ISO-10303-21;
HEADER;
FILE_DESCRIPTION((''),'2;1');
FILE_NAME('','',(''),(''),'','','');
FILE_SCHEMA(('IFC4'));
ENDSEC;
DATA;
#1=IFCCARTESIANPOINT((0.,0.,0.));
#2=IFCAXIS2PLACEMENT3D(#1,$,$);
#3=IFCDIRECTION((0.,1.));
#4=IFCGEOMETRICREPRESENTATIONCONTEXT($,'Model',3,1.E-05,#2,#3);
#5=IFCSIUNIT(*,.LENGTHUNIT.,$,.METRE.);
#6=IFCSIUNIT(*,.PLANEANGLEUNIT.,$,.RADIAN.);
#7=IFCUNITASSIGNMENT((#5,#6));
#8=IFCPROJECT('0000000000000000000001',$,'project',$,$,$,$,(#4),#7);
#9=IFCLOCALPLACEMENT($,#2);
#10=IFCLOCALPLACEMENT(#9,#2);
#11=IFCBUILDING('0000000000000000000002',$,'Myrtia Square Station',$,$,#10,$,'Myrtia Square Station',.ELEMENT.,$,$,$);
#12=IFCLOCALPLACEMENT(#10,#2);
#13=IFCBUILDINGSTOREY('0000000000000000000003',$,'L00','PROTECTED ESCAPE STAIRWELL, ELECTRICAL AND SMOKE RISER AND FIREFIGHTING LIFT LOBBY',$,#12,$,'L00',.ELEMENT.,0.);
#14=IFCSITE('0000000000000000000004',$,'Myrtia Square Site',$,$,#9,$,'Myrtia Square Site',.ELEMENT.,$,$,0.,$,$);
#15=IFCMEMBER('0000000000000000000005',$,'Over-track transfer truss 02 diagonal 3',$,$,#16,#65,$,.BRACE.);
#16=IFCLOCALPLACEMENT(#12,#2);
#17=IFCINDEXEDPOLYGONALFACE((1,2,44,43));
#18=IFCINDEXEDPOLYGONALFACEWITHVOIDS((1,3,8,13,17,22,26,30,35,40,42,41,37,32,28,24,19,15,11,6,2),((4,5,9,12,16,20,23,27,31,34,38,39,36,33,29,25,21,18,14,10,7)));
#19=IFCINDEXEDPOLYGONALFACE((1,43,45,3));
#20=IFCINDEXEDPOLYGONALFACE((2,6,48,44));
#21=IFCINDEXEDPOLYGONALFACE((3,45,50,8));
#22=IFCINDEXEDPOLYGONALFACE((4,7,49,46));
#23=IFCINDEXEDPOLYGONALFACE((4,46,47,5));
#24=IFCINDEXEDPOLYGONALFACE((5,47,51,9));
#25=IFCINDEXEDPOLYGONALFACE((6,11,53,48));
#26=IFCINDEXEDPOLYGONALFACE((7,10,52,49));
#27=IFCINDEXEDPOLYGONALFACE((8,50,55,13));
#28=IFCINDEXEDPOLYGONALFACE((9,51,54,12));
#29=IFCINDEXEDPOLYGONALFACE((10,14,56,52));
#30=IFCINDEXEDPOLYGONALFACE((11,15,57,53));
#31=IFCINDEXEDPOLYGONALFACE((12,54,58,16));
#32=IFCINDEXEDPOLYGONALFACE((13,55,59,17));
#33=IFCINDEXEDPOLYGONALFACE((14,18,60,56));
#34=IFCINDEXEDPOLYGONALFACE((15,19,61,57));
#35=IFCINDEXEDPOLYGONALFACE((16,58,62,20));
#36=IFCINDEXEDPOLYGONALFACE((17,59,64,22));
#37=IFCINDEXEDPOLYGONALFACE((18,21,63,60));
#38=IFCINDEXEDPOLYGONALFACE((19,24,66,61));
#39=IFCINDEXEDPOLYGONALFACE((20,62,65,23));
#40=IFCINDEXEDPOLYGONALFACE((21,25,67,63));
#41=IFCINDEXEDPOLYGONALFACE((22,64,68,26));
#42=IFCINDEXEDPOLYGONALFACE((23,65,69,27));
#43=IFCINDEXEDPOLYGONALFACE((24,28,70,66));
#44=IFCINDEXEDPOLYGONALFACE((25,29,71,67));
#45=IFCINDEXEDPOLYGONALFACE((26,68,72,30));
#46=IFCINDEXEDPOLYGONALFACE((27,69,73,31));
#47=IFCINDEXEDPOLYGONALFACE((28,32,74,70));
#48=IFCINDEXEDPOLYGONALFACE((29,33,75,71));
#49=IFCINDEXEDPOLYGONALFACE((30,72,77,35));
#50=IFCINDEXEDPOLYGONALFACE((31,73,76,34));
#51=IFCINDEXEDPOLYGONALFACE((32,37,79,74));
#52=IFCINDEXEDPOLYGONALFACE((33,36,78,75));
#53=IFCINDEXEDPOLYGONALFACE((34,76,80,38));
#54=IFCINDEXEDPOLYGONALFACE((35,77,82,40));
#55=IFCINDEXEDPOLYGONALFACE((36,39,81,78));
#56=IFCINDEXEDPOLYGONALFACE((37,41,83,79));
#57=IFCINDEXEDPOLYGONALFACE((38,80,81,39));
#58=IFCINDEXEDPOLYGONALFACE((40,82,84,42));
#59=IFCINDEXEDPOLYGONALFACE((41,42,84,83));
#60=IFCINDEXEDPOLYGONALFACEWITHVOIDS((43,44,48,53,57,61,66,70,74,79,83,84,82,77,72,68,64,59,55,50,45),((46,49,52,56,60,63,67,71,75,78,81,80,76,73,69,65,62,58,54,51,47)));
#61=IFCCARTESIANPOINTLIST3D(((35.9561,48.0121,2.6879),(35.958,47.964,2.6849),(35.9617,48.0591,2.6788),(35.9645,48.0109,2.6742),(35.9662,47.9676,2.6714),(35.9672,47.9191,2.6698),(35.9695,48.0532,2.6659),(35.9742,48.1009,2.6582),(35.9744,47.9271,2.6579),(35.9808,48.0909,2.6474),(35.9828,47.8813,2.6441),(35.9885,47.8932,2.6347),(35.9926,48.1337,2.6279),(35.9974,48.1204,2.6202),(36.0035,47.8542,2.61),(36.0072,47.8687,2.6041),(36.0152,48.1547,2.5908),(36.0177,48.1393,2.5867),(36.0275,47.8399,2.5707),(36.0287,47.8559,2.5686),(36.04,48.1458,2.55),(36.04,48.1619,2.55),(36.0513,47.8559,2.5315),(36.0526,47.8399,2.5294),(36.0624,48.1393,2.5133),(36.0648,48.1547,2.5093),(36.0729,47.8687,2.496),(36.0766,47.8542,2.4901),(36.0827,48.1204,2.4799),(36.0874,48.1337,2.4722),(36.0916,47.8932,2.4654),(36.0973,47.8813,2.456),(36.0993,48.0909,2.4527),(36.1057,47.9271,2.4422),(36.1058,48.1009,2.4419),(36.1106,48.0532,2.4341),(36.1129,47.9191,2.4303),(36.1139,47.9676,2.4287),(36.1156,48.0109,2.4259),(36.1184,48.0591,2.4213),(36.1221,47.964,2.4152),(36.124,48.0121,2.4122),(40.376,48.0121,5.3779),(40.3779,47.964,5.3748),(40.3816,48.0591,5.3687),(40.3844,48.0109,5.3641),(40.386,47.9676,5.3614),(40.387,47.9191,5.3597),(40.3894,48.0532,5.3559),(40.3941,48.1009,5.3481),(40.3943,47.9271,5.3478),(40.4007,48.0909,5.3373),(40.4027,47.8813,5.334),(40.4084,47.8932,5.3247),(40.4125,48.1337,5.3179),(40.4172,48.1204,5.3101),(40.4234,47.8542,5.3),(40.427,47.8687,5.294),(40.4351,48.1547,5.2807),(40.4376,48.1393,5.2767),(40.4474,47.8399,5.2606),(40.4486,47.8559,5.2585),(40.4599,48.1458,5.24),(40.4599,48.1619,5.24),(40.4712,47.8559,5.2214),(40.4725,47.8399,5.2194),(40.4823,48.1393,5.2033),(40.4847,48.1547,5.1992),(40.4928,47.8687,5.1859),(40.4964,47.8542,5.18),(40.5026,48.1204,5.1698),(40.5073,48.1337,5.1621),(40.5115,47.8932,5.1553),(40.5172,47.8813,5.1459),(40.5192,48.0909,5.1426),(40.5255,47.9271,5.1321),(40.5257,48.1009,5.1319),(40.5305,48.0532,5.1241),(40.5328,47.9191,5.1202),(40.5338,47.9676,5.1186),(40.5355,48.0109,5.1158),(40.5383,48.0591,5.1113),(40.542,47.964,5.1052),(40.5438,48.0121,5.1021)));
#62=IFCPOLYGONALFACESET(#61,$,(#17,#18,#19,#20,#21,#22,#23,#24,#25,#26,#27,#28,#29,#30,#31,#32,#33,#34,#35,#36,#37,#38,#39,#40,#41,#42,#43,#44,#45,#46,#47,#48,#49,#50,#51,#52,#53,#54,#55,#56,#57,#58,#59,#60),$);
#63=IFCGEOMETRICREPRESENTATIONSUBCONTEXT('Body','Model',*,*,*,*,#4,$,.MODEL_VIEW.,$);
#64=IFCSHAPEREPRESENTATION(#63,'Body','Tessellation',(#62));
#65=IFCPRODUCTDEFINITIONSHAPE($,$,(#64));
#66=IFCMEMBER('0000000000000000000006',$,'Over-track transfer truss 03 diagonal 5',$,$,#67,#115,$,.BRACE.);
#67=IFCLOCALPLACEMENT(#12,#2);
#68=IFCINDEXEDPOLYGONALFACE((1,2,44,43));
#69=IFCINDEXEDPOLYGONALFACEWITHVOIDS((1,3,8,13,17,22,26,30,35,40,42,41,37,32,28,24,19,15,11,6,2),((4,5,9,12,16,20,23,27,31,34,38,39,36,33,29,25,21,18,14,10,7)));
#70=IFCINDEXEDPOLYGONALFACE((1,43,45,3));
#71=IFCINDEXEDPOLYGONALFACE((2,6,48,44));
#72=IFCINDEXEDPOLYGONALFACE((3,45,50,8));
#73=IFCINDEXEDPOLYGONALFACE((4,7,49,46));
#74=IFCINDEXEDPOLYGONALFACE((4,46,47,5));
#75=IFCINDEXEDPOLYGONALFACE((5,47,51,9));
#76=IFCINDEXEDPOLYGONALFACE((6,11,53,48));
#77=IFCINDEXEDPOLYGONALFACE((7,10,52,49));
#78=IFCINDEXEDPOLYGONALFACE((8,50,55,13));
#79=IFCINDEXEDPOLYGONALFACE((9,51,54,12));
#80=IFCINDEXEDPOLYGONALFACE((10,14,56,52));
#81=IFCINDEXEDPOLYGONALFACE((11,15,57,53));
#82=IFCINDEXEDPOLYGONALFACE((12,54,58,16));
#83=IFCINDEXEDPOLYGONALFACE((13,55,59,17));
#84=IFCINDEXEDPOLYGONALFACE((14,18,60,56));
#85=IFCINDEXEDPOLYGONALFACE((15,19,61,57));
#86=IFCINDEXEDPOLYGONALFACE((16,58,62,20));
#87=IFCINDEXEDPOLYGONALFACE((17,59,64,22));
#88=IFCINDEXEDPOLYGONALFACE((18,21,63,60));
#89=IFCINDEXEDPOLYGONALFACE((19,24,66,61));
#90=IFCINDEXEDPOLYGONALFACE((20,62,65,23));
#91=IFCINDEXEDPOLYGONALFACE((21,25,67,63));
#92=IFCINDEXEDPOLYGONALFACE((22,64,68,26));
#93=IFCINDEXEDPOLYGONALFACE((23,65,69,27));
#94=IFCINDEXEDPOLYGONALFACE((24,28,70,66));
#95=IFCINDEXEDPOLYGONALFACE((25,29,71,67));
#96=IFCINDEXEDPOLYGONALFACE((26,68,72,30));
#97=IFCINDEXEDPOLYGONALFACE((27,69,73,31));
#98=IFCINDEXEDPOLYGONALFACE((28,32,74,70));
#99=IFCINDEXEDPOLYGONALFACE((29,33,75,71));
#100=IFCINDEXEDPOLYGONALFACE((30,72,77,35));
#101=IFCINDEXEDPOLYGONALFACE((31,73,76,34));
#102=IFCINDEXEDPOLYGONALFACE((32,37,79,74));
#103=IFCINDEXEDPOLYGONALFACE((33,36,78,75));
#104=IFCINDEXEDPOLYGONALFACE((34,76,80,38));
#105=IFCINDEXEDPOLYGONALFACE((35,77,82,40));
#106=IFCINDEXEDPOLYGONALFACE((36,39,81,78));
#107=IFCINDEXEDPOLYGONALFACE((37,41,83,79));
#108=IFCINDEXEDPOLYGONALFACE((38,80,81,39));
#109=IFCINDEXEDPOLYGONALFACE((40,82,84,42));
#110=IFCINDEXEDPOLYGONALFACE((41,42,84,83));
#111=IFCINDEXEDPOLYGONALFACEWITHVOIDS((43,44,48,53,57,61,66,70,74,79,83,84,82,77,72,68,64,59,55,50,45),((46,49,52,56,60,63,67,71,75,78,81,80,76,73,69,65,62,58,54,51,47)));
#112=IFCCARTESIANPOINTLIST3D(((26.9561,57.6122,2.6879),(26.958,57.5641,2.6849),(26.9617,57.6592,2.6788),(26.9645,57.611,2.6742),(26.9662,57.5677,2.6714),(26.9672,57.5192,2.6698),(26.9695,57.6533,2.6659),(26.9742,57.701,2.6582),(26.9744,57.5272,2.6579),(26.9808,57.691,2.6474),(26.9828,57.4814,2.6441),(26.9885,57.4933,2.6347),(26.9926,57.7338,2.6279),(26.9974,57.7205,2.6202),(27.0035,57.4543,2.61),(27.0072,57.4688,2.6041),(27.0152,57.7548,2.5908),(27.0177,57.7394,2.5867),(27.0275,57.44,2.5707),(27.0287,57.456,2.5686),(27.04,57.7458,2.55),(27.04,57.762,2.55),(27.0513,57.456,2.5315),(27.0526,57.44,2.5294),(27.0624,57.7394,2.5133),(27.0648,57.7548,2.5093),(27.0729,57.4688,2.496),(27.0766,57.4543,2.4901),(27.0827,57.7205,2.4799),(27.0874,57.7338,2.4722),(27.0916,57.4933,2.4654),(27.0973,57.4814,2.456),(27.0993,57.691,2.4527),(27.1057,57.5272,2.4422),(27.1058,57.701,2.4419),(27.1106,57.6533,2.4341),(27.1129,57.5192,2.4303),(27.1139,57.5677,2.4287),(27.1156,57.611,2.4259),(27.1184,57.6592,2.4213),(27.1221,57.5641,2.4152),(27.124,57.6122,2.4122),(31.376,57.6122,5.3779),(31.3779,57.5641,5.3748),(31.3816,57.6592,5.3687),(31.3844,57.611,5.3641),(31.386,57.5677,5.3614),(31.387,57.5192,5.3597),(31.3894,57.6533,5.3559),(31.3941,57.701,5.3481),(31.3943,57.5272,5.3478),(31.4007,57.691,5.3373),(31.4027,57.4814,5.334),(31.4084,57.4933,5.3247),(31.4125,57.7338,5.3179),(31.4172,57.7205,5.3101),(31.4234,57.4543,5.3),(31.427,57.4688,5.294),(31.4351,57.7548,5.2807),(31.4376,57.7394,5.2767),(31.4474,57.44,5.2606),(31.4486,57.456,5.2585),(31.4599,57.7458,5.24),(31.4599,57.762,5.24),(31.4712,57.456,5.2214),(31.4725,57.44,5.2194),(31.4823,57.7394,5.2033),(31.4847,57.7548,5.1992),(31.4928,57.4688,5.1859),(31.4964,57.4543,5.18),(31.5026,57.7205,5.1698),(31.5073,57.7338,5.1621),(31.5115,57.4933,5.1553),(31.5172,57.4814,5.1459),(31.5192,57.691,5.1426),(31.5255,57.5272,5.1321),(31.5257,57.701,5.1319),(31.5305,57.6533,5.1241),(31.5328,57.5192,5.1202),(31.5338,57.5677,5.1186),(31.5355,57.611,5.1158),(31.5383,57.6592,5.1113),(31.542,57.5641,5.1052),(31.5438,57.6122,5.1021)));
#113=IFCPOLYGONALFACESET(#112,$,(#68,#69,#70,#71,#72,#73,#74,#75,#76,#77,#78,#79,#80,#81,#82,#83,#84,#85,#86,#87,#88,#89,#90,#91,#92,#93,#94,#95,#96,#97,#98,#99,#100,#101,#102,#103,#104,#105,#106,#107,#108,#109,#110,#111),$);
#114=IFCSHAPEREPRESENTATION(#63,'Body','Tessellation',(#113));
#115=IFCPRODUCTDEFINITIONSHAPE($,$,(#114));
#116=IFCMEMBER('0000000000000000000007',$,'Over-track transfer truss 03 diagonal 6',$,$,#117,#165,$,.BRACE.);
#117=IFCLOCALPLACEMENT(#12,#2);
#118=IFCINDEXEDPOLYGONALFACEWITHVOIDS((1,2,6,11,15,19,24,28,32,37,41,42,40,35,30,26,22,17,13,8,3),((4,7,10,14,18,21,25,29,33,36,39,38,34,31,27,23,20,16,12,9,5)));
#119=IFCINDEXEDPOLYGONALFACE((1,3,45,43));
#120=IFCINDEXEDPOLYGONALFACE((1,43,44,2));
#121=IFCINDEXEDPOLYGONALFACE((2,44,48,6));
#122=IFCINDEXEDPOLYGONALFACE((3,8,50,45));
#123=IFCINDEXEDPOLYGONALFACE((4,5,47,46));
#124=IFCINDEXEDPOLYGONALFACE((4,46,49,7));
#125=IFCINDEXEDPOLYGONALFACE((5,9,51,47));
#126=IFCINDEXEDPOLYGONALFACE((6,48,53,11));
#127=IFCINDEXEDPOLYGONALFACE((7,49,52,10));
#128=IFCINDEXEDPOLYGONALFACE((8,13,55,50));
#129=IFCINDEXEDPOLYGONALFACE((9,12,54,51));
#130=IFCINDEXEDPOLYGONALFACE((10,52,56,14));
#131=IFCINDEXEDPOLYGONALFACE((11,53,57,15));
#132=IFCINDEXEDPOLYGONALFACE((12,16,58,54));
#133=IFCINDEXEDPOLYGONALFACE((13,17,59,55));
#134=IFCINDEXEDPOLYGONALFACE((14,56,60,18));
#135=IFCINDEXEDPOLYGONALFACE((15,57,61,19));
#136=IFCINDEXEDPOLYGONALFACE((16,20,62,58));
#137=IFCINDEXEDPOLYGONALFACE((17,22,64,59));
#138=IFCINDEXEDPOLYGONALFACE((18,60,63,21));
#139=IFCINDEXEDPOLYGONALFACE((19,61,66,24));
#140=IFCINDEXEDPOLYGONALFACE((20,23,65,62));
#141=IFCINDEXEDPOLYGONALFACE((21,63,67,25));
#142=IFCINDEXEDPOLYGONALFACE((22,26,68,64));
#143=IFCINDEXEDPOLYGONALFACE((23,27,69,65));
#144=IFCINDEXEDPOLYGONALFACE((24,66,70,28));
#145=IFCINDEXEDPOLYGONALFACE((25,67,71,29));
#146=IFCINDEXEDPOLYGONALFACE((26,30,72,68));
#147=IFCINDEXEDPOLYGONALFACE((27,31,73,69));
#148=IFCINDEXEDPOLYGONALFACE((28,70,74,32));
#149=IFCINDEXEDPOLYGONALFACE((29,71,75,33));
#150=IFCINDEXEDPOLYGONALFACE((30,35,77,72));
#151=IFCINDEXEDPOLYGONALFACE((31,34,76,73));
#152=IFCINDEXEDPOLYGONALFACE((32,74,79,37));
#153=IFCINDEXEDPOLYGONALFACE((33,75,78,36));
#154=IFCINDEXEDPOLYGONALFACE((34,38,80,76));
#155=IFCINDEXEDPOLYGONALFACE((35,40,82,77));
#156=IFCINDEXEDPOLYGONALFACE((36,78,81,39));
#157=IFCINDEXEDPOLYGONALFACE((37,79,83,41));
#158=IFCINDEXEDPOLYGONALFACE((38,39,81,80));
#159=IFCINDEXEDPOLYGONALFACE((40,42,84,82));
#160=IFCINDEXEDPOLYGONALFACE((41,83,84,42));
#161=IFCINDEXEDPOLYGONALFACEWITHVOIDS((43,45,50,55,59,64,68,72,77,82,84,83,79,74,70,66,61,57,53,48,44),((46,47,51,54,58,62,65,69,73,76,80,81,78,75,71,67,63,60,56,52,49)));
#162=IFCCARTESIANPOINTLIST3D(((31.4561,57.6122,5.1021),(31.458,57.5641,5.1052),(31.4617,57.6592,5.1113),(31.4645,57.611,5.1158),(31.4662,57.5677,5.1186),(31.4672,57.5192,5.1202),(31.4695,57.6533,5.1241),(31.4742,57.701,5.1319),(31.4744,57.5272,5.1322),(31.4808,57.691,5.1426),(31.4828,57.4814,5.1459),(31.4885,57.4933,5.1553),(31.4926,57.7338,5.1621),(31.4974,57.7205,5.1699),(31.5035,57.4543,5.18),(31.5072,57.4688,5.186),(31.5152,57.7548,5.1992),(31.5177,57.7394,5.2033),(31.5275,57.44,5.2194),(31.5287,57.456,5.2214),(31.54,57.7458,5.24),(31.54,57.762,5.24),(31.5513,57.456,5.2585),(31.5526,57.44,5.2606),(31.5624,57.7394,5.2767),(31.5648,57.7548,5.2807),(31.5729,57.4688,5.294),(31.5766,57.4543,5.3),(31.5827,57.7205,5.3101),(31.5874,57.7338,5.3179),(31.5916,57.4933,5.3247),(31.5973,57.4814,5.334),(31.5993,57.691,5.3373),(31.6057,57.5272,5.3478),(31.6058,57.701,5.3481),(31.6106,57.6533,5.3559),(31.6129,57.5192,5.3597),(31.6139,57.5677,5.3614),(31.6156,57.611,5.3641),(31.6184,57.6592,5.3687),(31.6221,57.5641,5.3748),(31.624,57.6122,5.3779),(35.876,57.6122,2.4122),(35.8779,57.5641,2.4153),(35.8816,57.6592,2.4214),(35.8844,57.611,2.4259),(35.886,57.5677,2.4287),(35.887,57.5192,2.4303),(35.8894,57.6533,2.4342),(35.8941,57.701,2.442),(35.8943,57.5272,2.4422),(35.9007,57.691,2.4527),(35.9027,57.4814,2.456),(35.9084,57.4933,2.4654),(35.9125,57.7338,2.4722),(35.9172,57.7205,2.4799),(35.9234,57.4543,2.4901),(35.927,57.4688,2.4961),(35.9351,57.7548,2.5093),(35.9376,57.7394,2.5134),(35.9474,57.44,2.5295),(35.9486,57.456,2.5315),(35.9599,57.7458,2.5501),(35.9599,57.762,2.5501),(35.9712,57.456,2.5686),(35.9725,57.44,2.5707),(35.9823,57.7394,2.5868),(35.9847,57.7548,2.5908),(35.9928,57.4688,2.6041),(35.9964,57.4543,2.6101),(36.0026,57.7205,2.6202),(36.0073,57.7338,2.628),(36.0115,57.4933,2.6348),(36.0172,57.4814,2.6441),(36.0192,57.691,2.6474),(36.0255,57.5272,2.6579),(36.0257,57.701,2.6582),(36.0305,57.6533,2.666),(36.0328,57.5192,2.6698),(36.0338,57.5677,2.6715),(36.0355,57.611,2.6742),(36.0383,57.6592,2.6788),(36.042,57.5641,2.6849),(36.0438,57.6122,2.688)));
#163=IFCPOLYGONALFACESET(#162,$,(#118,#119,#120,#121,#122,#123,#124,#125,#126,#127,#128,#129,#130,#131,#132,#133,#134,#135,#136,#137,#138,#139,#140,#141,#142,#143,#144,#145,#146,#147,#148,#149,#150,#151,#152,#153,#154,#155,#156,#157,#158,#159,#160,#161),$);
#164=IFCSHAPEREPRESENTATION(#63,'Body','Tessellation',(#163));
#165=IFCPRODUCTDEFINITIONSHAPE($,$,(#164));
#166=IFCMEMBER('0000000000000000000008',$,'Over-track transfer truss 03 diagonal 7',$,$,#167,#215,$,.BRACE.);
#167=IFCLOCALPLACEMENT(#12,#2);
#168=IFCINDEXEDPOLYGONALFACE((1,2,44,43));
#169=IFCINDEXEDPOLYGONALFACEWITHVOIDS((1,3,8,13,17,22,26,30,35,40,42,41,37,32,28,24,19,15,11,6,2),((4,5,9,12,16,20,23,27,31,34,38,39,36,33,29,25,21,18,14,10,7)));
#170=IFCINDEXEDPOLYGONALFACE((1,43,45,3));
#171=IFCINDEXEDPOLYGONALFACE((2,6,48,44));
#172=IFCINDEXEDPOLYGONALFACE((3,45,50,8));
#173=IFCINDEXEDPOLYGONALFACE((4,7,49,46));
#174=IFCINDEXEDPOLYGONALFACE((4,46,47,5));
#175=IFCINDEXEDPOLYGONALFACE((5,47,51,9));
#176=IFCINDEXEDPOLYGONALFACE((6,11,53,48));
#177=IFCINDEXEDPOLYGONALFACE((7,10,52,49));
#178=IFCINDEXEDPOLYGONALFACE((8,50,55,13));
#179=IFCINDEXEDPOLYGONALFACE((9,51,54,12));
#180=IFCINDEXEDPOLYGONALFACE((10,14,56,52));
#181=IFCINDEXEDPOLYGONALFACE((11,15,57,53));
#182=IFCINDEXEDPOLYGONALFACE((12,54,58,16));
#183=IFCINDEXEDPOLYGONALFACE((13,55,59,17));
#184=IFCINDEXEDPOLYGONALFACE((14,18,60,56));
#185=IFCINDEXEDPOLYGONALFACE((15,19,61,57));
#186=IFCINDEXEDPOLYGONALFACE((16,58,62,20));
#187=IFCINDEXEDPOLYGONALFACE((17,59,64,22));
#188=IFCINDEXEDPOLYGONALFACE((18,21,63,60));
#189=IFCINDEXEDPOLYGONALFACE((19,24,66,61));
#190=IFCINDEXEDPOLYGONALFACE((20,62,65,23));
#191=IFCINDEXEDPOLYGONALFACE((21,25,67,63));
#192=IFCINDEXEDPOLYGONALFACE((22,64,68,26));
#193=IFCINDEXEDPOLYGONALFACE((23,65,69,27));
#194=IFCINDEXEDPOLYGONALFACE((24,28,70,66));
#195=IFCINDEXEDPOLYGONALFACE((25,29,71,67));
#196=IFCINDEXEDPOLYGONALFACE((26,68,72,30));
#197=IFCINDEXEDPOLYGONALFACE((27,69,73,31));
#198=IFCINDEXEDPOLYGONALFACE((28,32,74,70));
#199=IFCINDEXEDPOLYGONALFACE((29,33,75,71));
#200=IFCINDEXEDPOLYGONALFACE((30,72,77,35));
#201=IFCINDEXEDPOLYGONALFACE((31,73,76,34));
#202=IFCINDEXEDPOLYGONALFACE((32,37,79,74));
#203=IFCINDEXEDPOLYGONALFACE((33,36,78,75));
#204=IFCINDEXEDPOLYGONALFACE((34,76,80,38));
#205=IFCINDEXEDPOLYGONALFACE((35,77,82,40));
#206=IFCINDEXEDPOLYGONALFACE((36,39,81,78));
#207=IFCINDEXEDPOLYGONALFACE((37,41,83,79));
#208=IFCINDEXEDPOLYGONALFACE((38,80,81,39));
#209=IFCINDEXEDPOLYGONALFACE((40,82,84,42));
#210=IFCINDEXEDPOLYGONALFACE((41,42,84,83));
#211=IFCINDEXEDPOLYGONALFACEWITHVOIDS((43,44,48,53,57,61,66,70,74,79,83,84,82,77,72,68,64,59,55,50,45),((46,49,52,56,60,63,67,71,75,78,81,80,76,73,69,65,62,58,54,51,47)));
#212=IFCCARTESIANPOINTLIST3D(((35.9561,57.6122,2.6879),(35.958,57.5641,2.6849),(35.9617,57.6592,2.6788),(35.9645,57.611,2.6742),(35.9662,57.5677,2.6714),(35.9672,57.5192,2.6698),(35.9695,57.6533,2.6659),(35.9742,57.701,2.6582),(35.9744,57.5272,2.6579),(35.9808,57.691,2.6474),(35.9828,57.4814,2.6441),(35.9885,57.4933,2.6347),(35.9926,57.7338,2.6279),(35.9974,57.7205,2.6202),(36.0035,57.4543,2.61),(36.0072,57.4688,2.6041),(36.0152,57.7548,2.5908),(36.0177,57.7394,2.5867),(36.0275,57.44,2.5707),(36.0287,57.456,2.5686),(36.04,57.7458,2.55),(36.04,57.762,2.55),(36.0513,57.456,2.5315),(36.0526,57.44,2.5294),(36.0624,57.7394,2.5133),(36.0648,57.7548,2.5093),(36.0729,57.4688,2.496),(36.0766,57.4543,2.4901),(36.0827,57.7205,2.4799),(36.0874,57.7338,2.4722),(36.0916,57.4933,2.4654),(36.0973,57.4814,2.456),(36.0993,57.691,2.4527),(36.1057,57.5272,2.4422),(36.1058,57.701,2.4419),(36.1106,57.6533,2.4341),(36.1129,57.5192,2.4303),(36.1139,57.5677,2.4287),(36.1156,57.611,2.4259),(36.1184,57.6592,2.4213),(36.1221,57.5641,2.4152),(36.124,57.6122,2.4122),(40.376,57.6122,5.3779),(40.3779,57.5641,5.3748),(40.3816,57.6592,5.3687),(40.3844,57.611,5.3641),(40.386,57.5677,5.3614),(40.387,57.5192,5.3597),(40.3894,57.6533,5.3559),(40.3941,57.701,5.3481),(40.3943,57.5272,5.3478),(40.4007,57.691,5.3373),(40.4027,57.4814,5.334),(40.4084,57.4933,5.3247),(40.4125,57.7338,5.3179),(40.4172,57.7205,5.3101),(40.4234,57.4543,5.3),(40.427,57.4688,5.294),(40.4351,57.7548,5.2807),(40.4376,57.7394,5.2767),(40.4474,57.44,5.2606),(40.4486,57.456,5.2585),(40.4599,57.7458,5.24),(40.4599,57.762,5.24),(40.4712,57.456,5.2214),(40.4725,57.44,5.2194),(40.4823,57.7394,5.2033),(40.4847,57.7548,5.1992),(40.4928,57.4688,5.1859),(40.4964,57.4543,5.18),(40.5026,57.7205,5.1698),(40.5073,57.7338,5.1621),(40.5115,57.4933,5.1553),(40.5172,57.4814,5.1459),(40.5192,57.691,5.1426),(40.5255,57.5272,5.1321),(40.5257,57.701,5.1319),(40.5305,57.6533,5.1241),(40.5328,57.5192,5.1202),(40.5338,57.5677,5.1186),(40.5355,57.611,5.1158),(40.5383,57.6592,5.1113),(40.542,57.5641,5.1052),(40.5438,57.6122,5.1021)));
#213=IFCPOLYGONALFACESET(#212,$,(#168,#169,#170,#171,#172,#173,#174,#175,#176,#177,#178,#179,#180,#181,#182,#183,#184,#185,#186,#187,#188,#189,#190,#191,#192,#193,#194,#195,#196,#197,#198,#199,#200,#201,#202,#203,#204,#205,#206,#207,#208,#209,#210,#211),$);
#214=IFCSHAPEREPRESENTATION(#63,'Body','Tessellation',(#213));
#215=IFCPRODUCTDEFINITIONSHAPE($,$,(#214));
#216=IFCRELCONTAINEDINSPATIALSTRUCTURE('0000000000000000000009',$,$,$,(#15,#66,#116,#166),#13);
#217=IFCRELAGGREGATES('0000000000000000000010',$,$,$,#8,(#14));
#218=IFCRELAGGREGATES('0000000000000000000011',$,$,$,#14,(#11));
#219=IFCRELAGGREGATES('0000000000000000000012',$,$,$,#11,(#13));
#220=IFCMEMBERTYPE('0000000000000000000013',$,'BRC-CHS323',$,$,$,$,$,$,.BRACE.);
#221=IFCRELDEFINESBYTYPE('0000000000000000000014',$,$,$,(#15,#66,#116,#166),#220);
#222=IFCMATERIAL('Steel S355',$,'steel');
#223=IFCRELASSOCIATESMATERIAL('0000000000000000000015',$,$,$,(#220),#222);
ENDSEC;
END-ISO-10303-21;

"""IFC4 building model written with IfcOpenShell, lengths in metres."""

from ifc_helpers import new_model, si_unit, direction, frame, origin, origin_2d, place, context, subcontext, project, spatial, hollow_circle, extrude, material, material_profile, profile_set, type_object, element, save


model = new_model("IFC4")

# Units and contexts
model_context = context("Model", 3, precision=1e-05, world=origin(), true_north=direction((0.0, 1.0)))
body_context = subcontext(model_context, "Body", "Model", "MODEL_VIEW")
ifc_project = project(units=[si_unit("LENGTHUNIT", "METRE"), si_unit("PLANEANGLEUNIT", "RADIAN")], contexts=[model_context])

# Site, building, storey
site_placement = place(None, origin())
site = spatial("IfcSite", under=ifc_project, at=site_placement, Name="Myrtia Square Site", LongName="Myrtia Square Site", CompositionType="ELEMENT", RefElevation=0.0)
building_placement = place(site_placement, origin())
building = spatial("IfcBuilding", under=site, at=building_placement, Name="Myrtia Square Station", LongName="Myrtia Square Station", CompositionType="ELEMENT")
storey_placement = place(building_placement, origin())
storey = spatial("IfcBuildingStorey", under=building, at=storey_placement, Name="L00", Description="PROTECTED ESCAPE STAIRWELL, ELECTRICAL AND SMOKE RISER AND FIREFIGHTING LIFT LOBBY", LongName="L00", CompositionType="ELEMENT", Elevation=0.0)

# Members
ifc_material_1 = material(Name="Steel S355", Category="steel")
ifc_material_profile_1 = material_profile(ifc_material_1, hollow_circle(Radius=0.1619, WallThickness=0.0161, at=origin_2d()), Name="CHS 323.9x16")
ifc_profile_set_1 = profile_set([ifc_material_profile_1], Name="Steel S355")
member_type_1 = type_object("IfcMemberType", Name="BRC-CHS323", PredefinedType="BRACE", material=ifc_profile_set_1)
for number, where, z_axis, x_axis, name in (
    (1, (36.04, 48.0, 2.55), (0.854237, 0.0, 0.519884), (0.0, 1.0, 0.0), "Over-track transfer truss 02 diagonal 3"),
    (2, (27.04, 57.6001, 2.55), (0.854237, 0.0, 0.519884), (0.0, 1.0, 0.0), "Over-track transfer truss 03 diagonal 5"),
    (3, (31.54, 57.6001, 5.24), (0.854237, 0.0, -0.519884), (0.0, 1.0, 0.0), "Over-track transfer truss 03 diagonal 6"),
    (4, (36.04, 57.6001, 2.55), (0.854237, 0.0, 0.519884), (0.0, 1.0, 0.0), "Over-track transfer truss 03 diagonal 7"),
):
    element("IfcMember", number, at=place(storey_placement, frame(where, z_axis=z_axis, x_axis=x_axis)), inside=storey, type_object=member_type_1, Name=name, PredefinedType="BRACE", context=body_context, shape_type="SweptSolid", body=[
        extrude(hollow_circle(Radius=0.1619, WallThickness=0.0161, at=origin_2d()), origin(), (0.0, 0.0, 1.0), 5.1741),
    ])

save(model, "model.ifc")
